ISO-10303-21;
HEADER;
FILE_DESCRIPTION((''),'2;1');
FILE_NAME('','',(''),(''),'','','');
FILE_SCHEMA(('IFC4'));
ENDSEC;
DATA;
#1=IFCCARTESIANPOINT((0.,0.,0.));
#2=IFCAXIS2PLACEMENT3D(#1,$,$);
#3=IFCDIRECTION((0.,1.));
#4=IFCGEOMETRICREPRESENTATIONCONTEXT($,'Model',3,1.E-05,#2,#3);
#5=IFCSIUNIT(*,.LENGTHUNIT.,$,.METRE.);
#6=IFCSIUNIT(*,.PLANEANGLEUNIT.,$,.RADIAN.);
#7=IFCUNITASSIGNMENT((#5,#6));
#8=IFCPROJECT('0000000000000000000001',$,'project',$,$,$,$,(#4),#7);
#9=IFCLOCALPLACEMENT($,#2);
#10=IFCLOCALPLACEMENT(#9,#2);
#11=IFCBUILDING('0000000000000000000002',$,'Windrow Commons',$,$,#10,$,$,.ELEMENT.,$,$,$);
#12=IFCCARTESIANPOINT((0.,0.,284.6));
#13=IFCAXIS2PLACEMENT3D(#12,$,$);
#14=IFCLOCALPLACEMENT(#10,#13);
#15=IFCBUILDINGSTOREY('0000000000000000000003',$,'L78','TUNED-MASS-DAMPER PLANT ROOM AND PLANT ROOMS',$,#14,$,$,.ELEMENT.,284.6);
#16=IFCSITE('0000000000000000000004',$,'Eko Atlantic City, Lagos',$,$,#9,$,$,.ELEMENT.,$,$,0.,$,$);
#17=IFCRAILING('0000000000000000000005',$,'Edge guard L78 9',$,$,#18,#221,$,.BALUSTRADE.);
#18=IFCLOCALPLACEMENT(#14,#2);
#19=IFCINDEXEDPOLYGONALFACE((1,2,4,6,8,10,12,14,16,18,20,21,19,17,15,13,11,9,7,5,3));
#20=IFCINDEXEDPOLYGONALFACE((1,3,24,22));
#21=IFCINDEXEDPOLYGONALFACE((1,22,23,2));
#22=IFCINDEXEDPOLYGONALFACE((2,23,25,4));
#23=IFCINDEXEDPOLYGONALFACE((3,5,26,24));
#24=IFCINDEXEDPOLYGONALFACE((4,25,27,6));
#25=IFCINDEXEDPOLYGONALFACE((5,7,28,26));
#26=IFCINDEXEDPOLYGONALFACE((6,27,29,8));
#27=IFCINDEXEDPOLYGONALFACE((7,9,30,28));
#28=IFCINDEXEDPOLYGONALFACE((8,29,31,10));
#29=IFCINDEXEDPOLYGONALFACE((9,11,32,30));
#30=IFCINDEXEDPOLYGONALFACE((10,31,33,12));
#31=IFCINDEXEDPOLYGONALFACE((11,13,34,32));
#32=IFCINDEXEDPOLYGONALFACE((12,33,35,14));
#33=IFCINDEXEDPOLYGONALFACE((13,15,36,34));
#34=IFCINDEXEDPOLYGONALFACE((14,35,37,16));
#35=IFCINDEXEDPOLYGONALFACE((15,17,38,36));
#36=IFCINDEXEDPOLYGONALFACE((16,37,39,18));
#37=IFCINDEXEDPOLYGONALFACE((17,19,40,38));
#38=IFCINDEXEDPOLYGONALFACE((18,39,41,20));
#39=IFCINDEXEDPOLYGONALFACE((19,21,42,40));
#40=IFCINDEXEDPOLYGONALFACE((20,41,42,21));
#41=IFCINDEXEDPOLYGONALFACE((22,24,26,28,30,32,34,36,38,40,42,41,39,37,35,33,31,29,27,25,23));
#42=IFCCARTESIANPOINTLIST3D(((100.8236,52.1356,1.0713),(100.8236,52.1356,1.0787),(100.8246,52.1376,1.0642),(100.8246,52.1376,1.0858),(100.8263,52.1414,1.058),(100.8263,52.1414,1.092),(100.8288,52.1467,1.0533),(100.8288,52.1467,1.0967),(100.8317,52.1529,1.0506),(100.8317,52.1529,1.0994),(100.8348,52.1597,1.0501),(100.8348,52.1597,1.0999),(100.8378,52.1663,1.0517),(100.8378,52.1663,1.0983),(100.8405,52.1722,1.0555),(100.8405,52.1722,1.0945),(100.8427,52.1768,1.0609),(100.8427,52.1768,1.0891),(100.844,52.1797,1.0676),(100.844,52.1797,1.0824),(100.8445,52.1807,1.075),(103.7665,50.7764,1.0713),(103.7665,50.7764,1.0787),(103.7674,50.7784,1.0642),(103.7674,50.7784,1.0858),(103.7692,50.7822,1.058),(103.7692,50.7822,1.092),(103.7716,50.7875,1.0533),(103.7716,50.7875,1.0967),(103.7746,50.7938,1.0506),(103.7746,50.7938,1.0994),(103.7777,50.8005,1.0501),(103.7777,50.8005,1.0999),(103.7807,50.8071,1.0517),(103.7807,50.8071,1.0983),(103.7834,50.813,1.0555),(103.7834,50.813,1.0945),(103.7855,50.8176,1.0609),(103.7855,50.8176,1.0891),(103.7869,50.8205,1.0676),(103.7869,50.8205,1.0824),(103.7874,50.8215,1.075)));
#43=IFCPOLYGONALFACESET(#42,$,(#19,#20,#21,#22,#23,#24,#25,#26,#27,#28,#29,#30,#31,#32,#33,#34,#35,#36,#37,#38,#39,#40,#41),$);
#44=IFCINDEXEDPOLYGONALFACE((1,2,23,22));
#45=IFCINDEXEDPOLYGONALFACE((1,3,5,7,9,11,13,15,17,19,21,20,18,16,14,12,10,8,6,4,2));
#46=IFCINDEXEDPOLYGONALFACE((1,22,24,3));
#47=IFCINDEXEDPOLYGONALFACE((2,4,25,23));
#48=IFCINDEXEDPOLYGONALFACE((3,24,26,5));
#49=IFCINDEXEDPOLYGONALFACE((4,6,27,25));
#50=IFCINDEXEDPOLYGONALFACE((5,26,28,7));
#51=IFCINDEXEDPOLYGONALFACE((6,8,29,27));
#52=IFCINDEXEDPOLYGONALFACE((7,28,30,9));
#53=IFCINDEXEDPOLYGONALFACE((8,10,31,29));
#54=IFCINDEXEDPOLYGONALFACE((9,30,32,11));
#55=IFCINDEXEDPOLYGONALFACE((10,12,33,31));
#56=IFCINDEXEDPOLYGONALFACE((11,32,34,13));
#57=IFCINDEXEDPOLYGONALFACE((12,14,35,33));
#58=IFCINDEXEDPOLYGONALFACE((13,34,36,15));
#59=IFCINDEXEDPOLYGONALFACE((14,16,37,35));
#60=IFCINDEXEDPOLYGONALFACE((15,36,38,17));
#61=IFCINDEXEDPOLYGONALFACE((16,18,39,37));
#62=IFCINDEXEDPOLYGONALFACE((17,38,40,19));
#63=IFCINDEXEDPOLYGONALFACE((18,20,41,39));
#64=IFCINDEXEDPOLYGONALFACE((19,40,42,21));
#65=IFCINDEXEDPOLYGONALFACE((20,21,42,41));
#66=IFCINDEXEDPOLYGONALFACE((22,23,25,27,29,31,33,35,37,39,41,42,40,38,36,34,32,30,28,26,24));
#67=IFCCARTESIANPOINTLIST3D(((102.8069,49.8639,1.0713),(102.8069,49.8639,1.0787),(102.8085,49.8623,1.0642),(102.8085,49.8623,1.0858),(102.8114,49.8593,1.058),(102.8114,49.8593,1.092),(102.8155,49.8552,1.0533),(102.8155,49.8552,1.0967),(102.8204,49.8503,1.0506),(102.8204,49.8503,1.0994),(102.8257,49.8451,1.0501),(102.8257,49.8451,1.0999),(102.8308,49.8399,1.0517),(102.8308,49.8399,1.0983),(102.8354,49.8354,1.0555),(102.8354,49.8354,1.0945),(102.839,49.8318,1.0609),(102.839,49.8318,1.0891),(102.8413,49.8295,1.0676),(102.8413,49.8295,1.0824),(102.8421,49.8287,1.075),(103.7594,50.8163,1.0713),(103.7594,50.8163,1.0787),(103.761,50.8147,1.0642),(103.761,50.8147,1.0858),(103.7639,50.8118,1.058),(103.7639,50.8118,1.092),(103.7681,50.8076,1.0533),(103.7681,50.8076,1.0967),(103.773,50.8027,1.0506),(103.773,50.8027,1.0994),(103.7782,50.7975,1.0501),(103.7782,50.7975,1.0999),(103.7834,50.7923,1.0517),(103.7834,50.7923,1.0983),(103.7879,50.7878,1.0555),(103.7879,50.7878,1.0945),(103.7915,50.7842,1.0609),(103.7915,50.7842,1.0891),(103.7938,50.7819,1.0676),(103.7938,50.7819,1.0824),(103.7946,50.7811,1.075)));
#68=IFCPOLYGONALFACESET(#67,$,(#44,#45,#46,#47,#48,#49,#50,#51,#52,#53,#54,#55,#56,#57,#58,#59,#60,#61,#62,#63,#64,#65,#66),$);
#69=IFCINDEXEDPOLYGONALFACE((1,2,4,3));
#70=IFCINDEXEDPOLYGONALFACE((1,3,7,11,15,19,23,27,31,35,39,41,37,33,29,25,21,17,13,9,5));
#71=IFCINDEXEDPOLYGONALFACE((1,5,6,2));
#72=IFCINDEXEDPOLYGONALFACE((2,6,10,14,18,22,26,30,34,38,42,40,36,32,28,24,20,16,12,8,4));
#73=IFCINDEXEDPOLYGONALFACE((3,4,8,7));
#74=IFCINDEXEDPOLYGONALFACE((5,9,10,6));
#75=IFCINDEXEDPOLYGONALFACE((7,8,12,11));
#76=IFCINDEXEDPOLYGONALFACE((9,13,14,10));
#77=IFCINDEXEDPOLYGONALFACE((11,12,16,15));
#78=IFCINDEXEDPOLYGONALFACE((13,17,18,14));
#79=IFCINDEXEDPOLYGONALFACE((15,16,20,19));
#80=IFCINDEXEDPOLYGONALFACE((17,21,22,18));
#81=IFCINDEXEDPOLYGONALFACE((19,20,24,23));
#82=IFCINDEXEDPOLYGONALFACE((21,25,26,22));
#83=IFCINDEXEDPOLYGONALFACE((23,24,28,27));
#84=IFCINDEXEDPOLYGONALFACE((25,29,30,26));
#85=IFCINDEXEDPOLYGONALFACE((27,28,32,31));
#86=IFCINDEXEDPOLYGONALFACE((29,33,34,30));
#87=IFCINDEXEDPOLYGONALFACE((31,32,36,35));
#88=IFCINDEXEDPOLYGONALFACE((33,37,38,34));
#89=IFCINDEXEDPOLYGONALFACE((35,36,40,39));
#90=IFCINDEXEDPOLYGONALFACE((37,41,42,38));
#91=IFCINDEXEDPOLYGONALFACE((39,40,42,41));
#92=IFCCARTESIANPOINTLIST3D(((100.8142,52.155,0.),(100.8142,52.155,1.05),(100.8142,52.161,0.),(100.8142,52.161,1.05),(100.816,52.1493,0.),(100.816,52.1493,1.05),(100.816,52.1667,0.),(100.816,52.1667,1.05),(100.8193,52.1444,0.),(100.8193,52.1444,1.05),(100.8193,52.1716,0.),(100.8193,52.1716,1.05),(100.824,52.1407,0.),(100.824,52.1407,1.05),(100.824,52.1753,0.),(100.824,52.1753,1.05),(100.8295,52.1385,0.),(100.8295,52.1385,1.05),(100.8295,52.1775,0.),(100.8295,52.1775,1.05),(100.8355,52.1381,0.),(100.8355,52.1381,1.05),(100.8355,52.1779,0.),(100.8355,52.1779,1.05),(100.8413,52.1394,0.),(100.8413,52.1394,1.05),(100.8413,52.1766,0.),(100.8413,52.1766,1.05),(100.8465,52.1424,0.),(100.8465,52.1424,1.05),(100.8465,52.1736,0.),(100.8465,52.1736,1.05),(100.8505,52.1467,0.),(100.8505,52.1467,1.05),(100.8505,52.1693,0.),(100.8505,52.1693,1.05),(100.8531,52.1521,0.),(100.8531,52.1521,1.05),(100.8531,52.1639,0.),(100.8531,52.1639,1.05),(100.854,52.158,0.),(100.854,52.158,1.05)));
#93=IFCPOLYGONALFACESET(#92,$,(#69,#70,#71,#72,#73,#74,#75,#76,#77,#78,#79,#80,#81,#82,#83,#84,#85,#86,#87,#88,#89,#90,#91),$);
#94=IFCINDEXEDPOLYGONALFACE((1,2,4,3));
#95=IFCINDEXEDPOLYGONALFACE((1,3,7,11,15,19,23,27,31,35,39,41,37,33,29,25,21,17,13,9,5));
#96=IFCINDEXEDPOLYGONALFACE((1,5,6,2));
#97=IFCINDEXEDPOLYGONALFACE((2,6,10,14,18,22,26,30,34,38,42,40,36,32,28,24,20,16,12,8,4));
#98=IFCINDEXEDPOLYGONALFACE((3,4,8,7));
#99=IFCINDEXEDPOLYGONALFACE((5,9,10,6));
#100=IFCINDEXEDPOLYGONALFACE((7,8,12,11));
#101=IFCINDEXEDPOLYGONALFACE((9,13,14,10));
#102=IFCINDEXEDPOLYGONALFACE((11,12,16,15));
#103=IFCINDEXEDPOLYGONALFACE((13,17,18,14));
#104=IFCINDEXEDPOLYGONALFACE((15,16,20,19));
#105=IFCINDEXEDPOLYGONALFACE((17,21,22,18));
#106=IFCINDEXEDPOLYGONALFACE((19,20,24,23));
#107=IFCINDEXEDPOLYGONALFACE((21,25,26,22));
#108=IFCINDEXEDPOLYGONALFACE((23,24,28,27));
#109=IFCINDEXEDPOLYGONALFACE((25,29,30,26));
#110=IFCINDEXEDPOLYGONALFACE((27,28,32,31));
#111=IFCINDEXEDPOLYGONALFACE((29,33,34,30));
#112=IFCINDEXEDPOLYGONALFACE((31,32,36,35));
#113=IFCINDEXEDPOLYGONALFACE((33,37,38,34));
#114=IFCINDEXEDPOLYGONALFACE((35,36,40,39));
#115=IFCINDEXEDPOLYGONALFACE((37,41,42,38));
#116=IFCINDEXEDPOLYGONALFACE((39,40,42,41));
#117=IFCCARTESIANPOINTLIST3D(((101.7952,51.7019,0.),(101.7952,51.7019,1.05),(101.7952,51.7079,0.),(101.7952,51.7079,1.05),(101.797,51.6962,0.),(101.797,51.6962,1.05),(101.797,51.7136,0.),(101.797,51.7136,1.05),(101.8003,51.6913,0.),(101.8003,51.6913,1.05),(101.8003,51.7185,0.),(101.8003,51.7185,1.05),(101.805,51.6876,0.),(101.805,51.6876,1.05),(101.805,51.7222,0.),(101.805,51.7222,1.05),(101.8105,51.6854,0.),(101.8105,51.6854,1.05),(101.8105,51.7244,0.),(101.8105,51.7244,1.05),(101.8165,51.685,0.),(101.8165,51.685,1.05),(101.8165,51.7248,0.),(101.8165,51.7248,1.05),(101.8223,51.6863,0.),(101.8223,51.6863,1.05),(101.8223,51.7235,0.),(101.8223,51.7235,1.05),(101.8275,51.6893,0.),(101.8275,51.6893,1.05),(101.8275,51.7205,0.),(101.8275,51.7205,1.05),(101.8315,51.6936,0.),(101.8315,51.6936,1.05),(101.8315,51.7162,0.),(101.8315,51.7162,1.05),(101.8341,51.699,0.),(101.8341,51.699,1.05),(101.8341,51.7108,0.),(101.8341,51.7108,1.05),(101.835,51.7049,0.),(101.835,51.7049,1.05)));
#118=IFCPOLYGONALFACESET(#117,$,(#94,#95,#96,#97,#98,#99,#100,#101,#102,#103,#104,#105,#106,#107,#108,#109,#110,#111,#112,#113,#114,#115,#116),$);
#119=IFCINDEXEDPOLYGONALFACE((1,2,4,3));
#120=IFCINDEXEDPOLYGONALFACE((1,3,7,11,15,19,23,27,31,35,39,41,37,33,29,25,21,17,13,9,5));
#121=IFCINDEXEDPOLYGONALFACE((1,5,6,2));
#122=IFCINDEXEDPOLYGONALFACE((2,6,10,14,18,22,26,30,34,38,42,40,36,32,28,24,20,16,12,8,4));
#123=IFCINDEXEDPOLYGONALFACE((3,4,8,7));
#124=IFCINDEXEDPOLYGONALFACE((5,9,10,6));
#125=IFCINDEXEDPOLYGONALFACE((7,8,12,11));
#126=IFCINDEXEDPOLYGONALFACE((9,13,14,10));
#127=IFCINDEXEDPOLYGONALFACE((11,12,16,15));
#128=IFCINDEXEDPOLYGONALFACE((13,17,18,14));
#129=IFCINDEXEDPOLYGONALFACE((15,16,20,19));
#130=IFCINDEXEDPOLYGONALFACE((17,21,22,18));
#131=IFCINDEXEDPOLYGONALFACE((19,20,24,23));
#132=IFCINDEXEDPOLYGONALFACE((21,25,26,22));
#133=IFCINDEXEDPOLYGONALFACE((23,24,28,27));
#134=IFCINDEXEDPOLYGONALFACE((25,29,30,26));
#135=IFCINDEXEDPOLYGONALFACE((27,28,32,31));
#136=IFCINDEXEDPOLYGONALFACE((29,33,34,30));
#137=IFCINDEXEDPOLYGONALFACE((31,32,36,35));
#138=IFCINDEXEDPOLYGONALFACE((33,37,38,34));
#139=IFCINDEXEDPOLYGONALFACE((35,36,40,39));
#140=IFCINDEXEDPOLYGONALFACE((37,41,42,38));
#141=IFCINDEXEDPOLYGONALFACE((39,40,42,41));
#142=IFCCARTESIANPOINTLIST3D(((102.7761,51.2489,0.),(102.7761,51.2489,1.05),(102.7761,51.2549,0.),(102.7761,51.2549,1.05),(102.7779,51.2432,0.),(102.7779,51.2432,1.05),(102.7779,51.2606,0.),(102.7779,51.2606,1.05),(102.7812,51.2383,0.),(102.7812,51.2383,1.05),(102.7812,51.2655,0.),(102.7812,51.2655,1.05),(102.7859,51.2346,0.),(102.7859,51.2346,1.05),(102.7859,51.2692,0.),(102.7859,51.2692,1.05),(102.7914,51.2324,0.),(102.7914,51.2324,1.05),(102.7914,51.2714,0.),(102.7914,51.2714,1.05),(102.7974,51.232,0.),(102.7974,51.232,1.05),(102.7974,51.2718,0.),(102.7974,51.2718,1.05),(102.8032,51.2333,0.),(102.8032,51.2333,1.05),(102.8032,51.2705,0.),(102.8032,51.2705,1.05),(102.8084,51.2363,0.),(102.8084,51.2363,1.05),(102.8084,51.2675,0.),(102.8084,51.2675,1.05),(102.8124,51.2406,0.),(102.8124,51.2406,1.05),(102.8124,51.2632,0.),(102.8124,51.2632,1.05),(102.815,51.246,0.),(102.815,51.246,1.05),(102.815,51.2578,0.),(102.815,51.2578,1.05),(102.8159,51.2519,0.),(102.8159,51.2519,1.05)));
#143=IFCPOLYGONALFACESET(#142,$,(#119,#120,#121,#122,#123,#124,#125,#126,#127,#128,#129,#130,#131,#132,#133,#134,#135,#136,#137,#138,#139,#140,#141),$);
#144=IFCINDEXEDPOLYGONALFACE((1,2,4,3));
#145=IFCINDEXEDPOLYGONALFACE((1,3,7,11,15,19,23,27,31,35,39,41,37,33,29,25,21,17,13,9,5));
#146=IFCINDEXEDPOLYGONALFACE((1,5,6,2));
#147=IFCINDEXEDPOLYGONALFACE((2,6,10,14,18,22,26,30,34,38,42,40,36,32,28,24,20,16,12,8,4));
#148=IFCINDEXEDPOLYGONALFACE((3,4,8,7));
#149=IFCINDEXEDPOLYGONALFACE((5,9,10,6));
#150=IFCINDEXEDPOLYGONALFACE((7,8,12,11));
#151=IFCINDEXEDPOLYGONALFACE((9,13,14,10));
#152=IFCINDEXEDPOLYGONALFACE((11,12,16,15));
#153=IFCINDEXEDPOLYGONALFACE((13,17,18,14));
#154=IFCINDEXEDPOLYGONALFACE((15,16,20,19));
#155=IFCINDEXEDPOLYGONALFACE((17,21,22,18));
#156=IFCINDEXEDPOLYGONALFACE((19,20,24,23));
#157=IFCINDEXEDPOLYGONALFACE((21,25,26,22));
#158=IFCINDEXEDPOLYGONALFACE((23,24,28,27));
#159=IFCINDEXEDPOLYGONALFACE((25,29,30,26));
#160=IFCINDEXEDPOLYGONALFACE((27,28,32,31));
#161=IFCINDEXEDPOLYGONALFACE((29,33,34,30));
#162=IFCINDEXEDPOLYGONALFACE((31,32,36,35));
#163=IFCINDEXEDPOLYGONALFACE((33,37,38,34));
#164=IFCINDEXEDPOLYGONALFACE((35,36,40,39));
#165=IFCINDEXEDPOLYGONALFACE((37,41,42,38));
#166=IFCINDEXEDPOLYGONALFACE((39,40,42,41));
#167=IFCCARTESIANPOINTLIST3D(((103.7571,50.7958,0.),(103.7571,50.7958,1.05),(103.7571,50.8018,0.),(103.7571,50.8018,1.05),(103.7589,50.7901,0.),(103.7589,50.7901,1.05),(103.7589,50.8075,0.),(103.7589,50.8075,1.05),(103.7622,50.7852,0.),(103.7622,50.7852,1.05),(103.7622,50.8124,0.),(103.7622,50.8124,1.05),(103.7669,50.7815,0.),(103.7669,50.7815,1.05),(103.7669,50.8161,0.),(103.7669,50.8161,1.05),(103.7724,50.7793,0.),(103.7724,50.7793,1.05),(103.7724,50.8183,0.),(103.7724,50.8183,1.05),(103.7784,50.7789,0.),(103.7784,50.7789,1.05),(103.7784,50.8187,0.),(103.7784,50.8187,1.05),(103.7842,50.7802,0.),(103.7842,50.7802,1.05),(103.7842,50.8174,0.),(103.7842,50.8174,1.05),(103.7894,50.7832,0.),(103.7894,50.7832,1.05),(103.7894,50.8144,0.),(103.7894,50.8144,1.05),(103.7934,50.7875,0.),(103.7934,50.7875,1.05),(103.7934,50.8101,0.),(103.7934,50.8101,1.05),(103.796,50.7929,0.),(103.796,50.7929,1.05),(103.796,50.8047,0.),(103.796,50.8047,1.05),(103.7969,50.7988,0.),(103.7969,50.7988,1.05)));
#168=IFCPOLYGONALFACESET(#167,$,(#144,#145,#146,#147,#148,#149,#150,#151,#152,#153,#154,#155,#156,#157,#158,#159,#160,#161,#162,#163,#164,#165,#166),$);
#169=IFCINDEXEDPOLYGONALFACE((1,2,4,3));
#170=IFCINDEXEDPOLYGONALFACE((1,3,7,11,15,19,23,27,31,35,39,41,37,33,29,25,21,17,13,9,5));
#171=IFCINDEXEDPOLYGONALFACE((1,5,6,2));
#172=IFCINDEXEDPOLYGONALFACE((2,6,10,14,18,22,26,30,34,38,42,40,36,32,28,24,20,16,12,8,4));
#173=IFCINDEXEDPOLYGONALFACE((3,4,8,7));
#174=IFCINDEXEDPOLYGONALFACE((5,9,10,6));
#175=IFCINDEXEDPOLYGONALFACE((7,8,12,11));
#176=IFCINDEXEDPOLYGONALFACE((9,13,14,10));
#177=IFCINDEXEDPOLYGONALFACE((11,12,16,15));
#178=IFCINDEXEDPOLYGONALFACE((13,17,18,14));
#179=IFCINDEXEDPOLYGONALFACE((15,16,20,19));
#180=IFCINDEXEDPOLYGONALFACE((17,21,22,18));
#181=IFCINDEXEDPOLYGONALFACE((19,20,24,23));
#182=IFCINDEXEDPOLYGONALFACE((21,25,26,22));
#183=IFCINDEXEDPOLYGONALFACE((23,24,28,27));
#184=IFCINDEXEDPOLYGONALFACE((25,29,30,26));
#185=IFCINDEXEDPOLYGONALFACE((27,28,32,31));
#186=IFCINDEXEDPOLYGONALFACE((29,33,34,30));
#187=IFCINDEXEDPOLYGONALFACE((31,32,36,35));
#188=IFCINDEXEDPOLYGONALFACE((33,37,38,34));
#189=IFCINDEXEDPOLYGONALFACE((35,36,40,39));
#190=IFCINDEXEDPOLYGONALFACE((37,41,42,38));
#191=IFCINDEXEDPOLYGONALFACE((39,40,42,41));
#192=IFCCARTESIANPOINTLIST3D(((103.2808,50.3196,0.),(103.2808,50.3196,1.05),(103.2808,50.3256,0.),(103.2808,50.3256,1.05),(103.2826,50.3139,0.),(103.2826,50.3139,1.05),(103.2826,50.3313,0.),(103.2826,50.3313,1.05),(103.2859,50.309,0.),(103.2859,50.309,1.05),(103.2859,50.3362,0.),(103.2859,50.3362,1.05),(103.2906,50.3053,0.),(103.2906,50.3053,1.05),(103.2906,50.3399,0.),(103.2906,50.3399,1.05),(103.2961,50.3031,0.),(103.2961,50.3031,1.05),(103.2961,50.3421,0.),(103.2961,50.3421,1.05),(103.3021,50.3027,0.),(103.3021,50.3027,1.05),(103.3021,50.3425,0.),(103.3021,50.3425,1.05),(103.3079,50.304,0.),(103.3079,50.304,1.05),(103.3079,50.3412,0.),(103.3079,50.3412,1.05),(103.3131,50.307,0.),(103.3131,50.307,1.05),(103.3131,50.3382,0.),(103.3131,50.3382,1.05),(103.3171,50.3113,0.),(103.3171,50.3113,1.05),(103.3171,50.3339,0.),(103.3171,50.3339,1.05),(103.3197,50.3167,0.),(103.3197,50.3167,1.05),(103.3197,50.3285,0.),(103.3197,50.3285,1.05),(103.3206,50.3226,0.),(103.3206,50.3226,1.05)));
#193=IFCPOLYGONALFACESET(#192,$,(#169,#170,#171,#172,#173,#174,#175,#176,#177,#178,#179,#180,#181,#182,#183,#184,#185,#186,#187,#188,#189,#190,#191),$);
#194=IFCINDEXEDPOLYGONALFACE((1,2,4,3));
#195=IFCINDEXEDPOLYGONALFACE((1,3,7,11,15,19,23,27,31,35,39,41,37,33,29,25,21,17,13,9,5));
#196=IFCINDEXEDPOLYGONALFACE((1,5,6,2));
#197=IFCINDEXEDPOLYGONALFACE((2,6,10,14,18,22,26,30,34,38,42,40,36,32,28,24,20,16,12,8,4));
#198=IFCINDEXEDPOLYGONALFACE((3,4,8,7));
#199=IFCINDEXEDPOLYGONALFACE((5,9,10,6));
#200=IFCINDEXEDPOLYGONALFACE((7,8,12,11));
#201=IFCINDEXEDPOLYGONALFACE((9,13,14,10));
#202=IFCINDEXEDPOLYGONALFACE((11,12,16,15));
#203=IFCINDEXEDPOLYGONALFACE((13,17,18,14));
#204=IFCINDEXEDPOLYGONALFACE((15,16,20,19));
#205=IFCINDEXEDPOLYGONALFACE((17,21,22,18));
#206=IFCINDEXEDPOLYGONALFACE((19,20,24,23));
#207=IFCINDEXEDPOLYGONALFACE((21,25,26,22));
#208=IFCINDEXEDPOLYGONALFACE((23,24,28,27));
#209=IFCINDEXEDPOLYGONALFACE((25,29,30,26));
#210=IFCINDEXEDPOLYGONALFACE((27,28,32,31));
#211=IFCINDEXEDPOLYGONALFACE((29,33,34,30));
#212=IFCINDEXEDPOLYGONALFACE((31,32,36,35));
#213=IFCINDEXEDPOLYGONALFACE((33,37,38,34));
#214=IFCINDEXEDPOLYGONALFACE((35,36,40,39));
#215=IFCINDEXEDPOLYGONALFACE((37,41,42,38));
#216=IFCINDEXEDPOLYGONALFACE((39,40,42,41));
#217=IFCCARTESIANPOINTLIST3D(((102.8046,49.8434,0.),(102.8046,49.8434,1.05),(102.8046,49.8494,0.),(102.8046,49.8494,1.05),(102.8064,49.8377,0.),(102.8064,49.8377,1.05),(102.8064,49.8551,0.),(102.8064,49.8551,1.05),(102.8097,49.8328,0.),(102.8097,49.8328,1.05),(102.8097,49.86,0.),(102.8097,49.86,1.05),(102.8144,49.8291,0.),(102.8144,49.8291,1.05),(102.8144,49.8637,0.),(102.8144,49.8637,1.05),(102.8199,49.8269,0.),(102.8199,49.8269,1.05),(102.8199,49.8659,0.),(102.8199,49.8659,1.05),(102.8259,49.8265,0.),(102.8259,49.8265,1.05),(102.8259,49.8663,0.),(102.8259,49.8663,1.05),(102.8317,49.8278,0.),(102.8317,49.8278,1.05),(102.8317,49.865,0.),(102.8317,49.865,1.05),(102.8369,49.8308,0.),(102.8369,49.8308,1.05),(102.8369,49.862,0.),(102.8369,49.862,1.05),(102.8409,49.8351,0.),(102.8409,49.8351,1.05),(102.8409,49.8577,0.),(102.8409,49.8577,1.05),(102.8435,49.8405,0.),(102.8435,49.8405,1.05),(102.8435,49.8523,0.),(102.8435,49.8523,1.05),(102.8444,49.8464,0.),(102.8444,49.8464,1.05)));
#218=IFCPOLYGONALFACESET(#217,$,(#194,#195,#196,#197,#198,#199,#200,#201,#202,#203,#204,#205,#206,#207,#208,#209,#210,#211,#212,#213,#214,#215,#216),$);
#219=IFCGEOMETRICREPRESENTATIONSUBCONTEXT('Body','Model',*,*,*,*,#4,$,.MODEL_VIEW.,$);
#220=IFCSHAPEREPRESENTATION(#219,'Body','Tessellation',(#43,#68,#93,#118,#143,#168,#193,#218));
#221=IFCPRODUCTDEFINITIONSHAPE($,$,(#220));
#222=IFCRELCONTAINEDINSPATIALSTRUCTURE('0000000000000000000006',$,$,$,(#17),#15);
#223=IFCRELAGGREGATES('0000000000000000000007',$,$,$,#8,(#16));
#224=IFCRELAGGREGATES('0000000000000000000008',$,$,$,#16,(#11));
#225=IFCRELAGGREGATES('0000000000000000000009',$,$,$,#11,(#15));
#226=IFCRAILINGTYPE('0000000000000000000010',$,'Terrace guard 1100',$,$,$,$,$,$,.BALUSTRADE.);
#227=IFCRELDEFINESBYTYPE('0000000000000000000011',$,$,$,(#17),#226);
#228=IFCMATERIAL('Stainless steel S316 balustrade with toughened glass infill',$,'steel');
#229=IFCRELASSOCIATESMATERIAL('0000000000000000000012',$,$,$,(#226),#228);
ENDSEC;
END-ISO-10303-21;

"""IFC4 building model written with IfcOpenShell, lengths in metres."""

from ifc_helpers import new_model, si_unit, direction, frame, origin, origin_2d, place, context, subcontext, project, spatial, circle, extrude, material, type_object, element, save


model = new_model("IFC4")

# Units and contexts
model_context = context("Model", 3, precision=1e-05, world=origin(), true_north=direction((0.0, 1.0)))
body_context = subcontext(model_context, "Body", "Model", "MODEL_VIEW")
ifc_project = project(units=[si_unit("LENGTHUNIT", "METRE"), si_unit("PLANEANGLEUNIT", "RADIAN")], contexts=[model_context])

# Site, building, storey
site_placement = place(None, origin())
site = spatial("IfcSite", under=ifc_project, at=site_placement, Name="Eko Atlantic City, Lagos", CompositionType="ELEMENT", RefElevation=0.0)
building_placement = place(site_placement, origin())
building = spatial("IfcBuilding", under=site, at=building_placement, Name="Windrow Commons", CompositionType="ELEMENT")
storey_placement = place(building_placement, frame((0.0, 0.0, 284.6)))
storey = spatial("IfcBuildingStorey", under=building, at=storey_placement, Name="L78", Description="TUNED-MASS-DAMPER PLANT ROOM AND PLANT ROOMS", CompositionType="ELEMENT", Elevation=284.6)

# Railing
ifc_material_1 = material(Name="Stainless steel S316 balustrade with toughened glass infill", Category="steel")
railing_type_1 = type_object("IfcRailingType", Name="Terrace guard 1100", PredefinedType="BALUSTRADE", material=ifc_material_1)
railing_1_placement = place(storey_placement, frame((100.834, 52.158, 0.0)))
element("IfcRailing", 1, at=railing_1_placement, inside=storey, type_object=railing_type_1, Name="Edge guard L78 9", PredefinedType="BALUSTRADE", context=body_context, shape_type="SweptSolid", body=[
    extrude(circle(Radius=0.025, at=origin_2d()), frame((0.0, 0.0, 1.075), z_axis=(0.907849, -0.419297, 0.0), x_axis=(0.419297, 0.907849, 0.0)), (0.0, 0.0, 1.0), 3.2416),
    extrude(circle(Radius=0.025, at=origin_2d()), frame((2.9429, -1.3592, 1.075), z_axis=(-0.707144, -0.70707, 0.0), x_axis=(0.70707, -0.707144, 0.0)), (0.0, 0.0, 1.0), 1.347),
    extrude(circle(Radius=0.02, at=origin_2d()), origin(), (0.0, 0.0, 1.0), 1.05),
    extrude(circle(Radius=0.02, at=origin_2d()), frame((0.981, -0.4531, 0.0)), (0.0, 0.0, 1.0), 1.05),
    extrude(circle(Radius=0.02, at=origin_2d()), frame((1.9619, -0.9061, 0.0)), (0.0, 0.0, 1.0), 1.05),
    extrude(circle(Radius=0.02, at=origin_2d()), frame((2.9429, -1.3592, 0.0)), (0.0, 0.0, 1.0), 1.05),
    extrude(circle(Radius=0.02, at=origin_2d()), frame((2.4666, -1.8354, 0.0)), (0.0, 0.0, 1.0), 1.05),
    extrude(circle(Radius=0.02, at=origin_2d()), frame((1.9904, -2.3116, 0.0)), (0.0, 0.0, 1.0), 1.05),
])

save(model, "model.ifc")
